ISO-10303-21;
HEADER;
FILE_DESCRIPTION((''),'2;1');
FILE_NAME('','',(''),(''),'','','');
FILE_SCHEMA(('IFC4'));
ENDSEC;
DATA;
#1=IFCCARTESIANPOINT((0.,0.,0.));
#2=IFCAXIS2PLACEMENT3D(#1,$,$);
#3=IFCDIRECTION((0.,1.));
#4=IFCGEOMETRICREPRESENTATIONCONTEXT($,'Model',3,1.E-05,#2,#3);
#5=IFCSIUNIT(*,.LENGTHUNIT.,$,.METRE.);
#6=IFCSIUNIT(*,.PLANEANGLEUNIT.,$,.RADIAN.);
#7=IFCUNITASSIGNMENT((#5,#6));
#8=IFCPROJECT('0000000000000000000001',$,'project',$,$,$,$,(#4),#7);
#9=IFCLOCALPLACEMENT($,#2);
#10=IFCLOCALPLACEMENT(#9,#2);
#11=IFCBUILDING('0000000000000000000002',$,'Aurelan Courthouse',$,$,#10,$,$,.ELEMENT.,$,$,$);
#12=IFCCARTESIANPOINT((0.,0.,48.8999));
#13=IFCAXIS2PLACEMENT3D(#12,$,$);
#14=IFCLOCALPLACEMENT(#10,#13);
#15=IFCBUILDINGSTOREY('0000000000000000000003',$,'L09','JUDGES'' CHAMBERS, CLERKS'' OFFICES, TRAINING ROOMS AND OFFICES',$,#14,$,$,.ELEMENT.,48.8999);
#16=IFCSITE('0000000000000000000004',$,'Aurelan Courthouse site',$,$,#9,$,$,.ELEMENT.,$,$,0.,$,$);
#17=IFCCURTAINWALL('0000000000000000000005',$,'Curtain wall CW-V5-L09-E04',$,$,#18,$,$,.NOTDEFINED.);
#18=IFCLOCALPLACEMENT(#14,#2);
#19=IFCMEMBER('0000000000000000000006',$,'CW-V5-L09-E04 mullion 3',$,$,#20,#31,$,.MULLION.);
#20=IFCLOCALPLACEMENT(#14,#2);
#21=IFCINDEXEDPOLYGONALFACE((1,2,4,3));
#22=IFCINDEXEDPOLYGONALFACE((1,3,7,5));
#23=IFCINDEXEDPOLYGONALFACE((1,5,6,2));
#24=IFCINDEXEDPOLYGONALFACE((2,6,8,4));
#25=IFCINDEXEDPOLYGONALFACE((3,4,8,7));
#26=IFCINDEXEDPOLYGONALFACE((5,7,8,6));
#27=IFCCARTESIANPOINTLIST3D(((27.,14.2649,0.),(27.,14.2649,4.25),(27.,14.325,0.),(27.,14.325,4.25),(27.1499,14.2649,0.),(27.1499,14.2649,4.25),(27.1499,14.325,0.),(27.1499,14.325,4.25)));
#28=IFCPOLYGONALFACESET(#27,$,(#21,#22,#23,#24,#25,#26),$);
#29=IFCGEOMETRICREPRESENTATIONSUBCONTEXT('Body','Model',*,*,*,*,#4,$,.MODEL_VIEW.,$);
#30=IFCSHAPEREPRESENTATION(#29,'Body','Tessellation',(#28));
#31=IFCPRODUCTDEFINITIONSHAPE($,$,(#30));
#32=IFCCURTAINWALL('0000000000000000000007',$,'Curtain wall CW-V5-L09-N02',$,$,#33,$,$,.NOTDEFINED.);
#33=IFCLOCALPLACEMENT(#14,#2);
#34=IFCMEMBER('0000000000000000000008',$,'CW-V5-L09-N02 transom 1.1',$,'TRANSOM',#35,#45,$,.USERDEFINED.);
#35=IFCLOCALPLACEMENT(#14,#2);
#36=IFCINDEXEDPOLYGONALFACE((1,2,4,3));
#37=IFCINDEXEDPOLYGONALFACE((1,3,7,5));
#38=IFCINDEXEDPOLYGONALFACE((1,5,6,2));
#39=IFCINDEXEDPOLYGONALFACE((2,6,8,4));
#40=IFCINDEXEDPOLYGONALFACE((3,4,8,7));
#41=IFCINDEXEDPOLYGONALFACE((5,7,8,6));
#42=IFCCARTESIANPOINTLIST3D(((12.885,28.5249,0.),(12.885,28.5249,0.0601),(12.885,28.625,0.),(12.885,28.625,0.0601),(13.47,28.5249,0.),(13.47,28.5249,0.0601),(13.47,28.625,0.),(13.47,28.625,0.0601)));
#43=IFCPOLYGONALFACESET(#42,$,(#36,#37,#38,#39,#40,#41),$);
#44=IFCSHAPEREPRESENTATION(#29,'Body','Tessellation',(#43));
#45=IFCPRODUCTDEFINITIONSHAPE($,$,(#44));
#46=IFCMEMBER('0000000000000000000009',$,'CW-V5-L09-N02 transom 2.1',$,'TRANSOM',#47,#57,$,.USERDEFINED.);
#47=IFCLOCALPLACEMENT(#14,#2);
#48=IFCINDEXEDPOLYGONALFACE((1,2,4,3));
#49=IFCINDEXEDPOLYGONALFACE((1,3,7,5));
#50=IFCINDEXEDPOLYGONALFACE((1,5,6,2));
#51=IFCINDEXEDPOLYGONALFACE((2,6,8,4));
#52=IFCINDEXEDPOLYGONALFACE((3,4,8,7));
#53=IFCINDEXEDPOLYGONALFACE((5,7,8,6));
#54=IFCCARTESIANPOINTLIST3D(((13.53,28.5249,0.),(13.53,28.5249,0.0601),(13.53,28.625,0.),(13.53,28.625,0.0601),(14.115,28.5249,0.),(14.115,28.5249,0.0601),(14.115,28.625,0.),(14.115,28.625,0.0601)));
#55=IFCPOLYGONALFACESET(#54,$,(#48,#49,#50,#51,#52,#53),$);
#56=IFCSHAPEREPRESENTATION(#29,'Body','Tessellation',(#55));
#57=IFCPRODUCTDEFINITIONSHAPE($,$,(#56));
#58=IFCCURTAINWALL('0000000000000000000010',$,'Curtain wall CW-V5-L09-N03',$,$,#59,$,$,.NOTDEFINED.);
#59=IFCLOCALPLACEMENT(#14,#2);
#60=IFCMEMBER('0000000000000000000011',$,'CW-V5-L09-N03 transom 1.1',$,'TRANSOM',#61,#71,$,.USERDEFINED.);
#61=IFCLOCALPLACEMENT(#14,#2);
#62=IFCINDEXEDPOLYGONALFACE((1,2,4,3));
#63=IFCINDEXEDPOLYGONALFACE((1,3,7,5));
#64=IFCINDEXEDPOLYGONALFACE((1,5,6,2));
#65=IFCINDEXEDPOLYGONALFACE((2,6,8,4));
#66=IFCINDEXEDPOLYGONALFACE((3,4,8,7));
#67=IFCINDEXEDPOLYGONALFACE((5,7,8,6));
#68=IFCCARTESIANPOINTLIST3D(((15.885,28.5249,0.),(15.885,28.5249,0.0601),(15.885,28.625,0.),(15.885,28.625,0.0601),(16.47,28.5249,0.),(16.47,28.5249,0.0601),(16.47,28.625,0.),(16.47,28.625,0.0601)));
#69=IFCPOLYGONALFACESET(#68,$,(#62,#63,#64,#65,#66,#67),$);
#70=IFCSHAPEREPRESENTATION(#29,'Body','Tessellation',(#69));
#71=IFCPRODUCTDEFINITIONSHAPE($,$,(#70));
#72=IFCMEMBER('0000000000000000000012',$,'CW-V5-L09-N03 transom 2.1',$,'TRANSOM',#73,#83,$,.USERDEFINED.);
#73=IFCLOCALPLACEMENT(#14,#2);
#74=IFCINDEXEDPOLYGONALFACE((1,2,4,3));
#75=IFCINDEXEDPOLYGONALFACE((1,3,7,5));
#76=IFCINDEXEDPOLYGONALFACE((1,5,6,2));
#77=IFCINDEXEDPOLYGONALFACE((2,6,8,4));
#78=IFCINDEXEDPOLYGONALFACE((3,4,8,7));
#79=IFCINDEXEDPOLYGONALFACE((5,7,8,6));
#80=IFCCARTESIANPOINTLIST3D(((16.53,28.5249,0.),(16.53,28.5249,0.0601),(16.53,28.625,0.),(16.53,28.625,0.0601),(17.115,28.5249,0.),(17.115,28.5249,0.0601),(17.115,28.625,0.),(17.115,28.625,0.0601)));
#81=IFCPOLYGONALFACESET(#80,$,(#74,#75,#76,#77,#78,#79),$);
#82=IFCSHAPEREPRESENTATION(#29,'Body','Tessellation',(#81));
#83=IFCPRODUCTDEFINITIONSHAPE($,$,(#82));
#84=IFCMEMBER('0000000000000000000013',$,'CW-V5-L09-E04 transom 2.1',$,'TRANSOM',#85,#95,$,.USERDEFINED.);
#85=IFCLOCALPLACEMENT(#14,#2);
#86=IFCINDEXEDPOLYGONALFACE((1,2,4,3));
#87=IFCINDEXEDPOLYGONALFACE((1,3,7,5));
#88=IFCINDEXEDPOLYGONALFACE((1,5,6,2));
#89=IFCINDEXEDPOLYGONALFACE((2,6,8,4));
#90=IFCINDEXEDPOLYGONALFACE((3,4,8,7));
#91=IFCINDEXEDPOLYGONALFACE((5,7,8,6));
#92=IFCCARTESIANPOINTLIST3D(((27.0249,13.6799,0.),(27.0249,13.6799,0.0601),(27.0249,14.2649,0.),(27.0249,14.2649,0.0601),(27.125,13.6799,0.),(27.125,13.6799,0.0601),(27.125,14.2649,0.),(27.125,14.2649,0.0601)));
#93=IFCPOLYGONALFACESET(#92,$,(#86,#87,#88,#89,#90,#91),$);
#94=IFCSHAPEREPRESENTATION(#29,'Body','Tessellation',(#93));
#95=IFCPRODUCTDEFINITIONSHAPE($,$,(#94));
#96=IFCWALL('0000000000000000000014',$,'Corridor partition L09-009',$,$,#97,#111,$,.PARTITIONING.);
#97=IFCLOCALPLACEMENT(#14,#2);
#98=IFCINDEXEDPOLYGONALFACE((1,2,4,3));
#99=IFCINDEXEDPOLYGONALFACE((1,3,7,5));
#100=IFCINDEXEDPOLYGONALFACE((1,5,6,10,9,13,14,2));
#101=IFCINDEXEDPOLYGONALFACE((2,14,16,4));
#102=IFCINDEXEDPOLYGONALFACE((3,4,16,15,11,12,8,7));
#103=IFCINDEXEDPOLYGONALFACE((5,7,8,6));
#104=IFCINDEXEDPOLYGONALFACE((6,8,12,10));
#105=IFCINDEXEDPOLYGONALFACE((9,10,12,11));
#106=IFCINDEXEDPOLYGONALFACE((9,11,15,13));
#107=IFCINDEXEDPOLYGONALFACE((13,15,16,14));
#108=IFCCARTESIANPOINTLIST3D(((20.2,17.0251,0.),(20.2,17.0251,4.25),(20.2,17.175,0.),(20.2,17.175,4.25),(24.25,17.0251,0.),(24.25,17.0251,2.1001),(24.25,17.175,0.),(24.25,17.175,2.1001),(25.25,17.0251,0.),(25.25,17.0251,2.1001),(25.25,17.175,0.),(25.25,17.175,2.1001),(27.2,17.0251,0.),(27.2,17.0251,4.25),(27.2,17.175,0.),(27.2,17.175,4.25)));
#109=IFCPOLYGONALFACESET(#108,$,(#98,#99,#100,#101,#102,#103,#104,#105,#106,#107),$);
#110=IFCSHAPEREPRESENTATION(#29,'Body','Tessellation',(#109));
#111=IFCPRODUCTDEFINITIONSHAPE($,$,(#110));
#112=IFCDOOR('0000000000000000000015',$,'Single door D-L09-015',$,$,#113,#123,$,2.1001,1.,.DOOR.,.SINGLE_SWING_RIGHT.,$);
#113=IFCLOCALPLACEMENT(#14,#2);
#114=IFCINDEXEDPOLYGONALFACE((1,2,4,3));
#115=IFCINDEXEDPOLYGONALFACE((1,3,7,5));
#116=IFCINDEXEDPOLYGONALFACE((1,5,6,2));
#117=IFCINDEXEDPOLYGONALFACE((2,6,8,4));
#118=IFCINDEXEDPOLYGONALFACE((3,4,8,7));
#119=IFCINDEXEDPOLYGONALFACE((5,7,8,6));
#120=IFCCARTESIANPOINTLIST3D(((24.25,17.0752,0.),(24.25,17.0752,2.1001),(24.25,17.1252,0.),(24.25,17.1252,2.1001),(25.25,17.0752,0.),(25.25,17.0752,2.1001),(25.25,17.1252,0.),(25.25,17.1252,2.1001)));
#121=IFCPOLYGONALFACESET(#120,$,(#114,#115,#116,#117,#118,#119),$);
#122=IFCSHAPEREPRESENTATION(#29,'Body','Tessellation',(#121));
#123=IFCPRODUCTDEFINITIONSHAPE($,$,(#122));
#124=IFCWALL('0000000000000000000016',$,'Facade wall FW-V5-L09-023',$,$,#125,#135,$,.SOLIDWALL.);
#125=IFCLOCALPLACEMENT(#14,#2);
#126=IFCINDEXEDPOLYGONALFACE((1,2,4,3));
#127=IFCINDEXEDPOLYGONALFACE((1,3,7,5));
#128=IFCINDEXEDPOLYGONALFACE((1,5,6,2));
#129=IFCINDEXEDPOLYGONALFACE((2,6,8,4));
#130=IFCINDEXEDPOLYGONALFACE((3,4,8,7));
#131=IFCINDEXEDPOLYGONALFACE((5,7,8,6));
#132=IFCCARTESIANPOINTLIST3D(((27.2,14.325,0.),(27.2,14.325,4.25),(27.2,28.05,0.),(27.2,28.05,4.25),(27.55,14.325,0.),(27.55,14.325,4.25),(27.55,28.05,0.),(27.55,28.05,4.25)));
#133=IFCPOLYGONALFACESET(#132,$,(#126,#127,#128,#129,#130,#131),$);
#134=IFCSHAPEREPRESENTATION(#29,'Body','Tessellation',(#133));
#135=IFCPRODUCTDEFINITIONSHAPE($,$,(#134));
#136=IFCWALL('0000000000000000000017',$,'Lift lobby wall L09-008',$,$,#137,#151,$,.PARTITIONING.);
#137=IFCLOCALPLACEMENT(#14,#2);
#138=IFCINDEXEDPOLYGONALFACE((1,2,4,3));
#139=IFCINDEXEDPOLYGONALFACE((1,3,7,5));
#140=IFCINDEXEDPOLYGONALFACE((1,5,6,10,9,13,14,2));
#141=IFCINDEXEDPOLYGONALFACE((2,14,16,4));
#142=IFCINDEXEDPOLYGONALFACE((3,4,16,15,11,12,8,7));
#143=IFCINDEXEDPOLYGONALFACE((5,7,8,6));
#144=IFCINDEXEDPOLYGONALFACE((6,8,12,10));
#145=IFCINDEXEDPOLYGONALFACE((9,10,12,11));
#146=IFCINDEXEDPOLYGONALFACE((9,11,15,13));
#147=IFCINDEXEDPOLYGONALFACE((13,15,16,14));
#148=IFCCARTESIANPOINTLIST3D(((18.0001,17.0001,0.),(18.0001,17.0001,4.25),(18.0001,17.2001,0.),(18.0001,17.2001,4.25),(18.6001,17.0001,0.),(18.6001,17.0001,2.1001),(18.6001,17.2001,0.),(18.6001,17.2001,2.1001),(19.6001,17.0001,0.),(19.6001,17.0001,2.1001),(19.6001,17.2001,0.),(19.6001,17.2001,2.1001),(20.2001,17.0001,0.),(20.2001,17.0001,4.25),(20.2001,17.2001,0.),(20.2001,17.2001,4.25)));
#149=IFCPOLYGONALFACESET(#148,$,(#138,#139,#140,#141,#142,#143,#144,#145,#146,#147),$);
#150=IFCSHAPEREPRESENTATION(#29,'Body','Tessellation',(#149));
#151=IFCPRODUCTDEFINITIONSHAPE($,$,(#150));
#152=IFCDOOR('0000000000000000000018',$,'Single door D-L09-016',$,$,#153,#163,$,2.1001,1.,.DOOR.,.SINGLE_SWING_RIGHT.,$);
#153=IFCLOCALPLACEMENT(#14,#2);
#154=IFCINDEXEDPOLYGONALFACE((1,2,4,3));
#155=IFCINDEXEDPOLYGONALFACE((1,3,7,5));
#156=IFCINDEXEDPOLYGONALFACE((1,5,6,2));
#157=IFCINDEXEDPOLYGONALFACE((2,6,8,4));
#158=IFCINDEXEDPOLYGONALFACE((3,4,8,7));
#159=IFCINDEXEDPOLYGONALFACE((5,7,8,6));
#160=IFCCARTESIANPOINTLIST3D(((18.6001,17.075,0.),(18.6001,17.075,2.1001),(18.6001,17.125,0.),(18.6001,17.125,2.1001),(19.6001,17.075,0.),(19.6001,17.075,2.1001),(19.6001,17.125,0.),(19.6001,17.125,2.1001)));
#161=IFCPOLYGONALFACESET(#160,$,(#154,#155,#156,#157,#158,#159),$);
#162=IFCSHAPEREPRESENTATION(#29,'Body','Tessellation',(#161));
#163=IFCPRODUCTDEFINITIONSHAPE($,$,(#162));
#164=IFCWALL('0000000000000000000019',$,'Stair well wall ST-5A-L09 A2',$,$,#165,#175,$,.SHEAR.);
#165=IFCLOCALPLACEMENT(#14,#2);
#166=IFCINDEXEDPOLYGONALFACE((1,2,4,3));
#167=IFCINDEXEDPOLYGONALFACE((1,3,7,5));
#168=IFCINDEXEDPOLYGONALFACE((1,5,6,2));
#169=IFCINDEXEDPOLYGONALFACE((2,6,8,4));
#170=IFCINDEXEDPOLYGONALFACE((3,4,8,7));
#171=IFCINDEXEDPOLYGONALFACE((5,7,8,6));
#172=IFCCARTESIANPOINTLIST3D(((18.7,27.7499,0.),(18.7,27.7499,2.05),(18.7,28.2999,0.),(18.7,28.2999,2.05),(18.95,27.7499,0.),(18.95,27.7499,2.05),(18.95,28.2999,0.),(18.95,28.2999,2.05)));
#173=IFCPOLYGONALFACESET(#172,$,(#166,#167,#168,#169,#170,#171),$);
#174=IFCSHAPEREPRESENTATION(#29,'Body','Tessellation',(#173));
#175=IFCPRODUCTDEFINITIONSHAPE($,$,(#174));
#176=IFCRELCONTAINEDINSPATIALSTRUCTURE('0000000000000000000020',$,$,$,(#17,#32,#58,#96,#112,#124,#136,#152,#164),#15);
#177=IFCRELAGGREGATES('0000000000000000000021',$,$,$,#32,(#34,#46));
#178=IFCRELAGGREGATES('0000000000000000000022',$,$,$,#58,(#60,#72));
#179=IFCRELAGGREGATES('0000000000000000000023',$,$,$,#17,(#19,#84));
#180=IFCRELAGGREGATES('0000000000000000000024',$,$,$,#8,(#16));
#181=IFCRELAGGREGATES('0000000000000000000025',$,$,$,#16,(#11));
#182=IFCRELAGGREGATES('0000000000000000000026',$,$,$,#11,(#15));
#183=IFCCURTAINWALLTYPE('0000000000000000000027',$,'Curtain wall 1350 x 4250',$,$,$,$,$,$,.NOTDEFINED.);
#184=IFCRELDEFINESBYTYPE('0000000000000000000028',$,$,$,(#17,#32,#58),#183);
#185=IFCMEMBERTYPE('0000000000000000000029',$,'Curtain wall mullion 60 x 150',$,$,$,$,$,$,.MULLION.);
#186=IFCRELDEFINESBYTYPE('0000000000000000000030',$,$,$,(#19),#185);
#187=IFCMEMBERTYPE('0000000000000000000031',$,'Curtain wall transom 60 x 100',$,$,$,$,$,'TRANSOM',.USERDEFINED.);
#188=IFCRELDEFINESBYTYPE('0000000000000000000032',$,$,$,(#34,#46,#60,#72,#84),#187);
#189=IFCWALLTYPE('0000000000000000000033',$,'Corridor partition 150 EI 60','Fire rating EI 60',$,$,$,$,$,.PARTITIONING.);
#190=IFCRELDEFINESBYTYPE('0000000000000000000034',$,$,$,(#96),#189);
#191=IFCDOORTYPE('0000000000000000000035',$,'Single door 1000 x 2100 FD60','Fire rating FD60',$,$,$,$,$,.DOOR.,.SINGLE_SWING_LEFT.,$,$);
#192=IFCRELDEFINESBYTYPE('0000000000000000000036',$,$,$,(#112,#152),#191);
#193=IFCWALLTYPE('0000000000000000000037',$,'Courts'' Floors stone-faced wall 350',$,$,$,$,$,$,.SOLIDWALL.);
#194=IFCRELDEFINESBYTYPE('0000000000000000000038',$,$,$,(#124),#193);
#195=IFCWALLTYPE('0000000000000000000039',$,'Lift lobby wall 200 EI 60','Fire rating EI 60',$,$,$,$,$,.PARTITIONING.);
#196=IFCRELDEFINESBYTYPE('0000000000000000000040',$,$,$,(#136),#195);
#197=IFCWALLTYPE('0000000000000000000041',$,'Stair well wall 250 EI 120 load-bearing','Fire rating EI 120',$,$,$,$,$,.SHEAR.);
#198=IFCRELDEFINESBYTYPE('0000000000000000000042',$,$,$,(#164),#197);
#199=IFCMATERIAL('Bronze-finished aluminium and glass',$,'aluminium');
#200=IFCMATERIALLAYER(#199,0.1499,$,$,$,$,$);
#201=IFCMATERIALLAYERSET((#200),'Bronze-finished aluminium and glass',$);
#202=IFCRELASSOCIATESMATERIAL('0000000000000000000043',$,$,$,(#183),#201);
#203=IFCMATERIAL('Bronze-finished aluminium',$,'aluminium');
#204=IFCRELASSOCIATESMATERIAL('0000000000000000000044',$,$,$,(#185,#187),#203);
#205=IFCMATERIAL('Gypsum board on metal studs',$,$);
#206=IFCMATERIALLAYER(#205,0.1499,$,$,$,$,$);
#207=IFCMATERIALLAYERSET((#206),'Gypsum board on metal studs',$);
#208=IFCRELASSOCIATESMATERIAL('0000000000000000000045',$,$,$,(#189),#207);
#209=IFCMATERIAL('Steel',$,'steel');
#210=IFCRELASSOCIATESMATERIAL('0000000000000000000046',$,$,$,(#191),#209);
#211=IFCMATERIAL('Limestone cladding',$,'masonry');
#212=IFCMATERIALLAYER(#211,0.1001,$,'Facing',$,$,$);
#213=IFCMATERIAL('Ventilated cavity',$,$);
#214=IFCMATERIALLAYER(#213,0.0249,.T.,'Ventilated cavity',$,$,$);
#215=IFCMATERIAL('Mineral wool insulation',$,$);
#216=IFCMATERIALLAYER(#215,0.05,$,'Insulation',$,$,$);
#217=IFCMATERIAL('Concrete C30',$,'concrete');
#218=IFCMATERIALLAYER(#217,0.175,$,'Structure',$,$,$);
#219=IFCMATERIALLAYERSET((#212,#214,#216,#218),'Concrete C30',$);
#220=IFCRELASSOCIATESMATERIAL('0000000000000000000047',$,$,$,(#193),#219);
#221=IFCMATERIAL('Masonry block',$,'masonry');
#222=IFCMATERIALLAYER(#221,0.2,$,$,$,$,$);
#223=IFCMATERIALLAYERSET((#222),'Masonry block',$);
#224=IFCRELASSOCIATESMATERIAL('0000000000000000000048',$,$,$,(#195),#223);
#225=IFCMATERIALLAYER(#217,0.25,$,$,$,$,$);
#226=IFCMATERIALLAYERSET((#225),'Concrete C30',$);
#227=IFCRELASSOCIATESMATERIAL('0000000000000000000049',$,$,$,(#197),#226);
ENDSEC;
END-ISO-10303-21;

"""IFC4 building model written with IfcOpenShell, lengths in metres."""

from ifc_helpers import new_model, si_unit, direction, frame, frame_2d, origin, origin_2d, place, context, subcontext, project, spatial, rectangle, extrude, material, layer, layer_set, material_profile, profile_set, type_object, element, fill, aggregate, save


model = new_model("IFC4")

# Units and contexts
model_context = context("Model", 3, precision=1e-05, world=origin(), true_north=direction((0.0, 1.0)))
body_context = subcontext(model_context, "Body", "Model", "MODEL_VIEW")
ifc_project = project(units=[si_unit("LENGTHUNIT", "METRE"), si_unit("PLANEANGLEUNIT", "RADIAN")], contexts=[model_context])

# Site, building, storey
site_placement = place(None, origin())
site = spatial("IfcSite", under=ifc_project, at=site_placement, Name="Aurelan Courthouse site", CompositionType="ELEMENT", RefElevation=0.0)
building_placement = place(site_placement, origin())
building = spatial("IfcBuilding", under=site, at=building_placement, Name="Aurelan Courthouse", CompositionType="ELEMENT")
storey_placement = place(building_placement, frame((0.0, 0.0, 48.8999)))
storey = spatial("IfcBuildingStorey", under=building, at=storey_placement, Name="L09", Description="JUDGES' CHAMBERS, CLERKS' OFFICES, TRAINING ROOMS AND OFFICES", CompositionType="ELEMENT", Elevation=48.8999)

# Curtain wall, member
ifc_material_1 = material(Name="Bronze-finished aluminium and glass", Category="aluminium")
ifc_layer_1 = layer(ifc_material_1, 0.1499)
ifc_layer_set_1 = layer_set([ifc_layer_1], Name="Bronze-finished aluminium and glass")
curtain_wall_type = type_object("IfcCurtainWallType", Name="Curtain wall 1350 x 4250", PredefinedType="NOTDEFINED", material=ifc_layer_set_1)
curtain_wall_1_placement = place(storey_placement, origin())
curtain_wall_1 = element("IfcCurtainWall", 1, at=curtain_wall_1_placement, inside=storey, type_object=curtain_wall_type, Name="Curtain wall CW-V5-L09-E04", PredefinedType="NOTDEFINED")
ifc_material_2 = material(Name="Bronze-finished aluminium", Category="aluminium")
ifc_material_profile_1 = material_profile(ifc_material_2, rectangle(XDim=0.1499, YDim=0.0601, at=origin_2d()), Name="Bronze mullion 60 x 150")
ifc_profile_set_1 = profile_set([ifc_material_profile_1], Name="Bronze-finished aluminium")
member_type_1 = type_object("IfcMemberType", Name="Curtain wall mullion 60 x 150", PredefinedType="MULLION", material=ifc_profile_set_1)
member_1_placement = place(storey_placement, frame((27.075, 14.2949, 0.0), z_axis=(0.0, 0.0, 1.0), x_axis=(-1.0, 0.0, 0.0)))
member_1 = element("IfcMember", 2, at=member_1_placement, type_object=member_type_1, Name="CW-V5-L09-E04 mullion 3", PredefinedType="MULLION", context=body_context, shape_type="SweptSolid", body=[
    extrude(rectangle(XDim=0.1499, YDim=0.0601, at=origin_2d()), origin(), (0.0, 0.0, 1.0), 4.25),
])

# Curtain walls, members
curtain_wall_2_placement = place(storey_placement, origin())
curtain_wall_2 = element("IfcCurtainWall", 3, at=curtain_wall_2_placement, inside=storey, type_object=curtain_wall_type, Name="Curtain wall CW-V5-L09-N02", PredefinedType="NOTDEFINED")
ifc_material_profile_2 = material_profile(ifc_material_2, rectangle(XDim=0.1001, YDim=0.0601, at=origin_2d()), Name="Bronze transom 60 x 100")
ifc_profile_set_2 = profile_set([ifc_material_profile_2], Name="Bronze-finished aluminium")
member_type_2 = type_object("IfcMemberType", Name="Curtain wall transom 60 x 100", ElementType="TRANSOM", PredefinedType="USERDEFINED", material=ifc_profile_set_2)
member_2_placement = place(storey_placement, frame((12.885, 28.575, 0.03), z_axis=(1.0, 0.0, 0.0), x_axis=(0.0, 1.0, 0.0)))
member_2 = element("IfcMember", 4, at=member_2_placement, type_object=member_type_2, Name="CW-V5-L09-N02 transom 1.1", ObjectType="TRANSOM", PredefinedType="USERDEFINED", context=body_context, shape_type="SweptSolid", body=[
    extrude(rectangle(XDim=0.1001, YDim=0.0601, at=origin_2d()), origin(), (0.0, 0.0, 1.0), 0.585),
])
member_3_placement = place(storey_placement, frame((13.53, 28.575, 0.03), z_axis=(1.0, 0.0, 0.0), x_axis=(0.0, 1.0, 0.0)))
member_3 = element("IfcMember", 5, at=member_3_placement, type_object=member_type_2, Name="CW-V5-L09-N02 transom 2.1", ObjectType="TRANSOM", PredefinedType="USERDEFINED", context=body_context, shape_type="SweptSolid", body=[
    extrude(rectangle(XDim=0.1001, YDim=0.0601, at=origin_2d()), origin(), (0.0, 0.0, 1.0), 0.585),
])
aggregate(curtain_wall_2, [member_2, member_3])
curtain_wall_3_placement = place(storey_placement, origin())
curtain_wall_3 = element("IfcCurtainWall", 6, at=curtain_wall_3_placement, inside=storey, type_object=curtain_wall_type, Name="Curtain wall CW-V5-L09-N03", PredefinedType="NOTDEFINED")
member_4_placement = place(storey_placement, frame((15.885, 28.575, 0.03), z_axis=(1.0, 0.0, 0.0), x_axis=(0.0, 1.0, 0.0)))
member_4 = element("IfcMember", 7, at=member_4_placement, type_object=member_type_2, Name="CW-V5-L09-N03 transom 1.1", ObjectType="TRANSOM", PredefinedType="USERDEFINED", context=body_context, shape_type="SweptSolid", body=[
    extrude(rectangle(XDim=0.1001, YDim=0.0601, at=origin_2d()), origin(), (0.0, 0.0, 1.0), 0.585),
])
member_5_placement = place(storey_placement, frame((16.53, 28.575, 0.03), z_axis=(1.0, 0.0, 0.0), x_axis=(0.0, 1.0, 0.0)))
member_5 = element("IfcMember", 8, at=member_5_placement, type_object=member_type_2, Name="CW-V5-L09-N03 transom 2.1", ObjectType="TRANSOM", PredefinedType="USERDEFINED", context=body_context, shape_type="SweptSolid", body=[
    extrude(rectangle(XDim=0.1001, YDim=0.0601, at=origin_2d()), origin(), (0.0, 0.0, 1.0), 0.585),
])
aggregate(curtain_wall_3, [member_4, member_5])

# Member
member_6_placement = place(storey_placement, frame((27.075, 13.6799, 0.03), z_axis=(0.0, 1.0, 0.0), x_axis=(-1.0, 0.0, 0.0)))
member_6 = element("IfcMember", 9, at=member_6_placement, type_object=member_type_2, Name="CW-V5-L09-E04 transom 2.1", ObjectType="TRANSOM", PredefinedType="USERDEFINED", context=body_context, shape_type="SweptSolid", body=[
    extrude(rectangle(XDim=0.1001, YDim=0.0601, at=origin_2d()), origin(), (0.0, 0.0, 1.0), 0.585),
])
aggregate(curtain_wall_1, [member_1, member_6])

# Wall, opening, door
ifc_material_3 = material(Name="Gypsum board on metal studs")
ifc_layer_2 = layer(ifc_material_3, 0.1499)
ifc_layer_set_2 = layer_set([ifc_layer_2], Name="Gypsum board on metal studs")
wall_type_1 = type_object("IfcWallType", Name="Corridor partition 150 EI 60", Description="Fire rating EI 60", PredefinedType="PARTITIONING", material=ifc_layer_set_2)
wall_1_placement = place(storey_placement, frame((20.2, 17.1001, 0.0), z_axis=(0.0, 0.0, 1.0), x_axis=(1.0, 0.0, 0.0)))
wall_1 = element("IfcWall", 10, at=wall_1_placement, inside=storey, type_object=wall_type_1, Name="Corridor partition L09-009", PredefinedType="PARTITIONING", context=body_context, shape_type="SweptSolid", body=[
    extrude(rectangle(XDim=7.0, YDim=0.1499, at=frame_2d((3.5, 0.0))), origin(), (0.0, 0.0, 1.0), 4.25),
])
opening_1_placement = place(wall_1_placement, frame((5.05, 0.0, 0.0), z_axis=(0.0, 0.0, 1.0), x_axis=(-1.0, 0.0, 0.0)))
opening_1 = element("IfcOpeningElement", 11, at=opening_1_placement, cuts=wall_1, PredefinedType="OPENING", context=body_context, shape_type="SweptSolid", body=[
    extrude(rectangle(XDim=1.0, YDim=2.1001, at=frame_2d((0.5, 1.05))), frame((0.0, 0.085, 0.0), z_axis=(0.0, -1.0, 0.0), x_axis=(1.0, 0.0, 0.0)), (0.0, 0.0, 1.0), 0.1699),
])
ifc_material_4 = material(Name="Steel", Category="steel")
door_type = type_object("IfcDoorType", Name="Single door 1000 x 2100 FD60", Description="Fire rating FD60", OperationType="SINGLE_SWING_LEFT", PredefinedType="DOOR", material=ifc_material_4)
door_1_placement = place(opening_1_placement, origin())
door_1 = element("IfcDoor", 12, at=door_1_placement, inside=storey, type_object=door_type, Name="Single door D-L09-015", OperationType="SINGLE_SWING_RIGHT", OverallHeight=2.1001, OverallWidth=1.0, PredefinedType="DOOR", context=body_context, shape_type="SweptSolid", body=[
    extrude(rectangle(XDim=1.0, YDim=2.1001, at=frame_2d((0.5, 1.05))), frame((0.0, 0.0249, 0.0), z_axis=(0.0, -1.0, 0.0), x_axis=(1.0, 0.0, 0.0)), (0.0, 0.0, 1.0), 0.05),
])
fill(opening_1, door_1)

# Wall
ifc_material_5 = material(Name="Limestone cladding", Category="masonry")
ifc_layer_3 = layer(ifc_material_5, 0.1001, Name="Facing")
ifc_material_6 = material(Name="Ventilated cavity")
ifc_layer_4 = layer(ifc_material_6, 0.0249, ventilated=True, Name="Ventilated cavity")
ifc_material_7 = material(Name="Mineral wool insulation")
ifc_layer_5 = layer(ifc_material_7, 0.05, Name="Insulation")
ifc_material_8 = material(Name="Concrete C30", Category="concrete")
ifc_layer_6 = layer(ifc_material_8, 0.175, Name="Structure")
ifc_layer_set_3 = layer_set([ifc_layer_3, ifc_layer_4, ifc_layer_5, ifc_layer_6], Name="Concrete C30")
wall_type_2 = type_object("IfcWallType", Name="Courts' Floors stone-faced wall 350", PredefinedType="SOLIDWALL", material=ifc_layer_set_3)
wall_2_placement = place(storey_placement, frame((27.375, 14.325, 0.0), z_axis=(0.0, 0.0, 1.0), x_axis=(0.0, 1.0, 0.0)))
element("IfcWall", 13, at=wall_2_placement, inside=storey, type_object=wall_type_2, Name="Facade wall FW-V5-L09-023", PredefinedType="SOLIDWALL", context=body_context, shape_type="SweptSolid", body=[
    extrude(rectangle(XDim=13.7251, YDim=0.3501, at=frame_2d((6.8625, 0.0))), origin(), (0.0, 0.0, 1.0), 4.25),
])

# Wall, opening, door
ifc_material_9 = material(Name="Masonry block", Category="masonry")
ifc_layer_7 = layer(ifc_material_9, 0.2)
ifc_layer_set_4 = layer_set([ifc_layer_7], Name="Masonry block")
wall_type_3 = type_object("IfcWallType", Name="Lift lobby wall 200 EI 60", Description="Fire rating EI 60", PredefinedType="PARTITIONING", material=ifc_layer_set_4)
wall_3_placement = place(storey_placement, frame((18.0, 17.1001, 0.0), z_axis=(0.0, 0.0, 1.0), x_axis=(1.0, 0.0, 0.0)))
wall_3 = element("IfcWall", 14, at=wall_3_placement, inside=storey, type_object=wall_type_3, Name="Lift lobby wall L09-008", PredefinedType="PARTITIONING", context=body_context, shape_type="SweptSolid", body=[
    extrude(rectangle(XDim=2.2, YDim=0.2, at=frame_2d((1.1001, 0.0))), origin(), (0.0, 0.0, 1.0), 4.25),
])
opening_2_placement = place(wall_3_placement, frame((0.6001, 0.0, 0.0)))
opening_2 = element("IfcOpeningElement", 15, at=opening_2_placement, cuts=wall_3, PredefinedType="OPENING", context=body_context, shape_type="SweptSolid", body=[
    extrude(rectangle(XDim=1.0, YDim=2.1001, at=frame_2d((0.5, 1.05))), frame((0.0, 0.1099, 0.0), z_axis=(0.0, -1.0, 0.0), x_axis=(1.0, 0.0, 0.0)), (0.0, 0.0, 1.0), 0.22),
])
door_2_placement = place(opening_2_placement, origin())
door_2 = element("IfcDoor", 16, at=door_2_placement, inside=storey, type_object=door_type, Name="Single door D-L09-016", OperationType="SINGLE_SWING_RIGHT", OverallHeight=2.1001, OverallWidth=1.0, PredefinedType="DOOR", context=body_context, shape_type="SweptSolid", body=[
    extrude(rectangle(XDim=1.0, YDim=2.1001, at=frame_2d((0.5, 1.05))), frame((0.0, 0.0249, 0.0), z_axis=(0.0, -1.0, 0.0), x_axis=(1.0, 0.0, 0.0)), (0.0, 0.0, 1.0), 0.05),
])
fill(opening_2, door_2)

# Wall
ifc_layer_8 = layer(ifc_material_8, 0.25)
ifc_layer_set_5 = layer_set([ifc_layer_8], Name="Concrete C30")
wall_type_4 = type_object("IfcWallType", Name="Stair well wall 250 EI 120 load-bearing", Description="Fire rating EI 120", PredefinedType="SHEAR", material=ifc_layer_set_5)
wall_4_placement = place(storey_placement, frame((18.825, 27.75, 0.0), z_axis=(0.0, 0.0, 1.0), x_axis=(0.0, 1.0, 0.0)))
element("IfcWall", 17, at=wall_4_placement, inside=storey, type_object=wall_type_4, Name="Stair well wall ST-5A-L09 A2", PredefinedType="SHEAR", context=body_context, shape_type="SweptSolid", body=[
    extrude(rectangle(XDim=0.55, YDim=0.25, at=frame_2d((0.2749, 0.0))), origin(), (0.0, 0.0, 1.0), 2.05),
])

save(model, "model.ifc")
